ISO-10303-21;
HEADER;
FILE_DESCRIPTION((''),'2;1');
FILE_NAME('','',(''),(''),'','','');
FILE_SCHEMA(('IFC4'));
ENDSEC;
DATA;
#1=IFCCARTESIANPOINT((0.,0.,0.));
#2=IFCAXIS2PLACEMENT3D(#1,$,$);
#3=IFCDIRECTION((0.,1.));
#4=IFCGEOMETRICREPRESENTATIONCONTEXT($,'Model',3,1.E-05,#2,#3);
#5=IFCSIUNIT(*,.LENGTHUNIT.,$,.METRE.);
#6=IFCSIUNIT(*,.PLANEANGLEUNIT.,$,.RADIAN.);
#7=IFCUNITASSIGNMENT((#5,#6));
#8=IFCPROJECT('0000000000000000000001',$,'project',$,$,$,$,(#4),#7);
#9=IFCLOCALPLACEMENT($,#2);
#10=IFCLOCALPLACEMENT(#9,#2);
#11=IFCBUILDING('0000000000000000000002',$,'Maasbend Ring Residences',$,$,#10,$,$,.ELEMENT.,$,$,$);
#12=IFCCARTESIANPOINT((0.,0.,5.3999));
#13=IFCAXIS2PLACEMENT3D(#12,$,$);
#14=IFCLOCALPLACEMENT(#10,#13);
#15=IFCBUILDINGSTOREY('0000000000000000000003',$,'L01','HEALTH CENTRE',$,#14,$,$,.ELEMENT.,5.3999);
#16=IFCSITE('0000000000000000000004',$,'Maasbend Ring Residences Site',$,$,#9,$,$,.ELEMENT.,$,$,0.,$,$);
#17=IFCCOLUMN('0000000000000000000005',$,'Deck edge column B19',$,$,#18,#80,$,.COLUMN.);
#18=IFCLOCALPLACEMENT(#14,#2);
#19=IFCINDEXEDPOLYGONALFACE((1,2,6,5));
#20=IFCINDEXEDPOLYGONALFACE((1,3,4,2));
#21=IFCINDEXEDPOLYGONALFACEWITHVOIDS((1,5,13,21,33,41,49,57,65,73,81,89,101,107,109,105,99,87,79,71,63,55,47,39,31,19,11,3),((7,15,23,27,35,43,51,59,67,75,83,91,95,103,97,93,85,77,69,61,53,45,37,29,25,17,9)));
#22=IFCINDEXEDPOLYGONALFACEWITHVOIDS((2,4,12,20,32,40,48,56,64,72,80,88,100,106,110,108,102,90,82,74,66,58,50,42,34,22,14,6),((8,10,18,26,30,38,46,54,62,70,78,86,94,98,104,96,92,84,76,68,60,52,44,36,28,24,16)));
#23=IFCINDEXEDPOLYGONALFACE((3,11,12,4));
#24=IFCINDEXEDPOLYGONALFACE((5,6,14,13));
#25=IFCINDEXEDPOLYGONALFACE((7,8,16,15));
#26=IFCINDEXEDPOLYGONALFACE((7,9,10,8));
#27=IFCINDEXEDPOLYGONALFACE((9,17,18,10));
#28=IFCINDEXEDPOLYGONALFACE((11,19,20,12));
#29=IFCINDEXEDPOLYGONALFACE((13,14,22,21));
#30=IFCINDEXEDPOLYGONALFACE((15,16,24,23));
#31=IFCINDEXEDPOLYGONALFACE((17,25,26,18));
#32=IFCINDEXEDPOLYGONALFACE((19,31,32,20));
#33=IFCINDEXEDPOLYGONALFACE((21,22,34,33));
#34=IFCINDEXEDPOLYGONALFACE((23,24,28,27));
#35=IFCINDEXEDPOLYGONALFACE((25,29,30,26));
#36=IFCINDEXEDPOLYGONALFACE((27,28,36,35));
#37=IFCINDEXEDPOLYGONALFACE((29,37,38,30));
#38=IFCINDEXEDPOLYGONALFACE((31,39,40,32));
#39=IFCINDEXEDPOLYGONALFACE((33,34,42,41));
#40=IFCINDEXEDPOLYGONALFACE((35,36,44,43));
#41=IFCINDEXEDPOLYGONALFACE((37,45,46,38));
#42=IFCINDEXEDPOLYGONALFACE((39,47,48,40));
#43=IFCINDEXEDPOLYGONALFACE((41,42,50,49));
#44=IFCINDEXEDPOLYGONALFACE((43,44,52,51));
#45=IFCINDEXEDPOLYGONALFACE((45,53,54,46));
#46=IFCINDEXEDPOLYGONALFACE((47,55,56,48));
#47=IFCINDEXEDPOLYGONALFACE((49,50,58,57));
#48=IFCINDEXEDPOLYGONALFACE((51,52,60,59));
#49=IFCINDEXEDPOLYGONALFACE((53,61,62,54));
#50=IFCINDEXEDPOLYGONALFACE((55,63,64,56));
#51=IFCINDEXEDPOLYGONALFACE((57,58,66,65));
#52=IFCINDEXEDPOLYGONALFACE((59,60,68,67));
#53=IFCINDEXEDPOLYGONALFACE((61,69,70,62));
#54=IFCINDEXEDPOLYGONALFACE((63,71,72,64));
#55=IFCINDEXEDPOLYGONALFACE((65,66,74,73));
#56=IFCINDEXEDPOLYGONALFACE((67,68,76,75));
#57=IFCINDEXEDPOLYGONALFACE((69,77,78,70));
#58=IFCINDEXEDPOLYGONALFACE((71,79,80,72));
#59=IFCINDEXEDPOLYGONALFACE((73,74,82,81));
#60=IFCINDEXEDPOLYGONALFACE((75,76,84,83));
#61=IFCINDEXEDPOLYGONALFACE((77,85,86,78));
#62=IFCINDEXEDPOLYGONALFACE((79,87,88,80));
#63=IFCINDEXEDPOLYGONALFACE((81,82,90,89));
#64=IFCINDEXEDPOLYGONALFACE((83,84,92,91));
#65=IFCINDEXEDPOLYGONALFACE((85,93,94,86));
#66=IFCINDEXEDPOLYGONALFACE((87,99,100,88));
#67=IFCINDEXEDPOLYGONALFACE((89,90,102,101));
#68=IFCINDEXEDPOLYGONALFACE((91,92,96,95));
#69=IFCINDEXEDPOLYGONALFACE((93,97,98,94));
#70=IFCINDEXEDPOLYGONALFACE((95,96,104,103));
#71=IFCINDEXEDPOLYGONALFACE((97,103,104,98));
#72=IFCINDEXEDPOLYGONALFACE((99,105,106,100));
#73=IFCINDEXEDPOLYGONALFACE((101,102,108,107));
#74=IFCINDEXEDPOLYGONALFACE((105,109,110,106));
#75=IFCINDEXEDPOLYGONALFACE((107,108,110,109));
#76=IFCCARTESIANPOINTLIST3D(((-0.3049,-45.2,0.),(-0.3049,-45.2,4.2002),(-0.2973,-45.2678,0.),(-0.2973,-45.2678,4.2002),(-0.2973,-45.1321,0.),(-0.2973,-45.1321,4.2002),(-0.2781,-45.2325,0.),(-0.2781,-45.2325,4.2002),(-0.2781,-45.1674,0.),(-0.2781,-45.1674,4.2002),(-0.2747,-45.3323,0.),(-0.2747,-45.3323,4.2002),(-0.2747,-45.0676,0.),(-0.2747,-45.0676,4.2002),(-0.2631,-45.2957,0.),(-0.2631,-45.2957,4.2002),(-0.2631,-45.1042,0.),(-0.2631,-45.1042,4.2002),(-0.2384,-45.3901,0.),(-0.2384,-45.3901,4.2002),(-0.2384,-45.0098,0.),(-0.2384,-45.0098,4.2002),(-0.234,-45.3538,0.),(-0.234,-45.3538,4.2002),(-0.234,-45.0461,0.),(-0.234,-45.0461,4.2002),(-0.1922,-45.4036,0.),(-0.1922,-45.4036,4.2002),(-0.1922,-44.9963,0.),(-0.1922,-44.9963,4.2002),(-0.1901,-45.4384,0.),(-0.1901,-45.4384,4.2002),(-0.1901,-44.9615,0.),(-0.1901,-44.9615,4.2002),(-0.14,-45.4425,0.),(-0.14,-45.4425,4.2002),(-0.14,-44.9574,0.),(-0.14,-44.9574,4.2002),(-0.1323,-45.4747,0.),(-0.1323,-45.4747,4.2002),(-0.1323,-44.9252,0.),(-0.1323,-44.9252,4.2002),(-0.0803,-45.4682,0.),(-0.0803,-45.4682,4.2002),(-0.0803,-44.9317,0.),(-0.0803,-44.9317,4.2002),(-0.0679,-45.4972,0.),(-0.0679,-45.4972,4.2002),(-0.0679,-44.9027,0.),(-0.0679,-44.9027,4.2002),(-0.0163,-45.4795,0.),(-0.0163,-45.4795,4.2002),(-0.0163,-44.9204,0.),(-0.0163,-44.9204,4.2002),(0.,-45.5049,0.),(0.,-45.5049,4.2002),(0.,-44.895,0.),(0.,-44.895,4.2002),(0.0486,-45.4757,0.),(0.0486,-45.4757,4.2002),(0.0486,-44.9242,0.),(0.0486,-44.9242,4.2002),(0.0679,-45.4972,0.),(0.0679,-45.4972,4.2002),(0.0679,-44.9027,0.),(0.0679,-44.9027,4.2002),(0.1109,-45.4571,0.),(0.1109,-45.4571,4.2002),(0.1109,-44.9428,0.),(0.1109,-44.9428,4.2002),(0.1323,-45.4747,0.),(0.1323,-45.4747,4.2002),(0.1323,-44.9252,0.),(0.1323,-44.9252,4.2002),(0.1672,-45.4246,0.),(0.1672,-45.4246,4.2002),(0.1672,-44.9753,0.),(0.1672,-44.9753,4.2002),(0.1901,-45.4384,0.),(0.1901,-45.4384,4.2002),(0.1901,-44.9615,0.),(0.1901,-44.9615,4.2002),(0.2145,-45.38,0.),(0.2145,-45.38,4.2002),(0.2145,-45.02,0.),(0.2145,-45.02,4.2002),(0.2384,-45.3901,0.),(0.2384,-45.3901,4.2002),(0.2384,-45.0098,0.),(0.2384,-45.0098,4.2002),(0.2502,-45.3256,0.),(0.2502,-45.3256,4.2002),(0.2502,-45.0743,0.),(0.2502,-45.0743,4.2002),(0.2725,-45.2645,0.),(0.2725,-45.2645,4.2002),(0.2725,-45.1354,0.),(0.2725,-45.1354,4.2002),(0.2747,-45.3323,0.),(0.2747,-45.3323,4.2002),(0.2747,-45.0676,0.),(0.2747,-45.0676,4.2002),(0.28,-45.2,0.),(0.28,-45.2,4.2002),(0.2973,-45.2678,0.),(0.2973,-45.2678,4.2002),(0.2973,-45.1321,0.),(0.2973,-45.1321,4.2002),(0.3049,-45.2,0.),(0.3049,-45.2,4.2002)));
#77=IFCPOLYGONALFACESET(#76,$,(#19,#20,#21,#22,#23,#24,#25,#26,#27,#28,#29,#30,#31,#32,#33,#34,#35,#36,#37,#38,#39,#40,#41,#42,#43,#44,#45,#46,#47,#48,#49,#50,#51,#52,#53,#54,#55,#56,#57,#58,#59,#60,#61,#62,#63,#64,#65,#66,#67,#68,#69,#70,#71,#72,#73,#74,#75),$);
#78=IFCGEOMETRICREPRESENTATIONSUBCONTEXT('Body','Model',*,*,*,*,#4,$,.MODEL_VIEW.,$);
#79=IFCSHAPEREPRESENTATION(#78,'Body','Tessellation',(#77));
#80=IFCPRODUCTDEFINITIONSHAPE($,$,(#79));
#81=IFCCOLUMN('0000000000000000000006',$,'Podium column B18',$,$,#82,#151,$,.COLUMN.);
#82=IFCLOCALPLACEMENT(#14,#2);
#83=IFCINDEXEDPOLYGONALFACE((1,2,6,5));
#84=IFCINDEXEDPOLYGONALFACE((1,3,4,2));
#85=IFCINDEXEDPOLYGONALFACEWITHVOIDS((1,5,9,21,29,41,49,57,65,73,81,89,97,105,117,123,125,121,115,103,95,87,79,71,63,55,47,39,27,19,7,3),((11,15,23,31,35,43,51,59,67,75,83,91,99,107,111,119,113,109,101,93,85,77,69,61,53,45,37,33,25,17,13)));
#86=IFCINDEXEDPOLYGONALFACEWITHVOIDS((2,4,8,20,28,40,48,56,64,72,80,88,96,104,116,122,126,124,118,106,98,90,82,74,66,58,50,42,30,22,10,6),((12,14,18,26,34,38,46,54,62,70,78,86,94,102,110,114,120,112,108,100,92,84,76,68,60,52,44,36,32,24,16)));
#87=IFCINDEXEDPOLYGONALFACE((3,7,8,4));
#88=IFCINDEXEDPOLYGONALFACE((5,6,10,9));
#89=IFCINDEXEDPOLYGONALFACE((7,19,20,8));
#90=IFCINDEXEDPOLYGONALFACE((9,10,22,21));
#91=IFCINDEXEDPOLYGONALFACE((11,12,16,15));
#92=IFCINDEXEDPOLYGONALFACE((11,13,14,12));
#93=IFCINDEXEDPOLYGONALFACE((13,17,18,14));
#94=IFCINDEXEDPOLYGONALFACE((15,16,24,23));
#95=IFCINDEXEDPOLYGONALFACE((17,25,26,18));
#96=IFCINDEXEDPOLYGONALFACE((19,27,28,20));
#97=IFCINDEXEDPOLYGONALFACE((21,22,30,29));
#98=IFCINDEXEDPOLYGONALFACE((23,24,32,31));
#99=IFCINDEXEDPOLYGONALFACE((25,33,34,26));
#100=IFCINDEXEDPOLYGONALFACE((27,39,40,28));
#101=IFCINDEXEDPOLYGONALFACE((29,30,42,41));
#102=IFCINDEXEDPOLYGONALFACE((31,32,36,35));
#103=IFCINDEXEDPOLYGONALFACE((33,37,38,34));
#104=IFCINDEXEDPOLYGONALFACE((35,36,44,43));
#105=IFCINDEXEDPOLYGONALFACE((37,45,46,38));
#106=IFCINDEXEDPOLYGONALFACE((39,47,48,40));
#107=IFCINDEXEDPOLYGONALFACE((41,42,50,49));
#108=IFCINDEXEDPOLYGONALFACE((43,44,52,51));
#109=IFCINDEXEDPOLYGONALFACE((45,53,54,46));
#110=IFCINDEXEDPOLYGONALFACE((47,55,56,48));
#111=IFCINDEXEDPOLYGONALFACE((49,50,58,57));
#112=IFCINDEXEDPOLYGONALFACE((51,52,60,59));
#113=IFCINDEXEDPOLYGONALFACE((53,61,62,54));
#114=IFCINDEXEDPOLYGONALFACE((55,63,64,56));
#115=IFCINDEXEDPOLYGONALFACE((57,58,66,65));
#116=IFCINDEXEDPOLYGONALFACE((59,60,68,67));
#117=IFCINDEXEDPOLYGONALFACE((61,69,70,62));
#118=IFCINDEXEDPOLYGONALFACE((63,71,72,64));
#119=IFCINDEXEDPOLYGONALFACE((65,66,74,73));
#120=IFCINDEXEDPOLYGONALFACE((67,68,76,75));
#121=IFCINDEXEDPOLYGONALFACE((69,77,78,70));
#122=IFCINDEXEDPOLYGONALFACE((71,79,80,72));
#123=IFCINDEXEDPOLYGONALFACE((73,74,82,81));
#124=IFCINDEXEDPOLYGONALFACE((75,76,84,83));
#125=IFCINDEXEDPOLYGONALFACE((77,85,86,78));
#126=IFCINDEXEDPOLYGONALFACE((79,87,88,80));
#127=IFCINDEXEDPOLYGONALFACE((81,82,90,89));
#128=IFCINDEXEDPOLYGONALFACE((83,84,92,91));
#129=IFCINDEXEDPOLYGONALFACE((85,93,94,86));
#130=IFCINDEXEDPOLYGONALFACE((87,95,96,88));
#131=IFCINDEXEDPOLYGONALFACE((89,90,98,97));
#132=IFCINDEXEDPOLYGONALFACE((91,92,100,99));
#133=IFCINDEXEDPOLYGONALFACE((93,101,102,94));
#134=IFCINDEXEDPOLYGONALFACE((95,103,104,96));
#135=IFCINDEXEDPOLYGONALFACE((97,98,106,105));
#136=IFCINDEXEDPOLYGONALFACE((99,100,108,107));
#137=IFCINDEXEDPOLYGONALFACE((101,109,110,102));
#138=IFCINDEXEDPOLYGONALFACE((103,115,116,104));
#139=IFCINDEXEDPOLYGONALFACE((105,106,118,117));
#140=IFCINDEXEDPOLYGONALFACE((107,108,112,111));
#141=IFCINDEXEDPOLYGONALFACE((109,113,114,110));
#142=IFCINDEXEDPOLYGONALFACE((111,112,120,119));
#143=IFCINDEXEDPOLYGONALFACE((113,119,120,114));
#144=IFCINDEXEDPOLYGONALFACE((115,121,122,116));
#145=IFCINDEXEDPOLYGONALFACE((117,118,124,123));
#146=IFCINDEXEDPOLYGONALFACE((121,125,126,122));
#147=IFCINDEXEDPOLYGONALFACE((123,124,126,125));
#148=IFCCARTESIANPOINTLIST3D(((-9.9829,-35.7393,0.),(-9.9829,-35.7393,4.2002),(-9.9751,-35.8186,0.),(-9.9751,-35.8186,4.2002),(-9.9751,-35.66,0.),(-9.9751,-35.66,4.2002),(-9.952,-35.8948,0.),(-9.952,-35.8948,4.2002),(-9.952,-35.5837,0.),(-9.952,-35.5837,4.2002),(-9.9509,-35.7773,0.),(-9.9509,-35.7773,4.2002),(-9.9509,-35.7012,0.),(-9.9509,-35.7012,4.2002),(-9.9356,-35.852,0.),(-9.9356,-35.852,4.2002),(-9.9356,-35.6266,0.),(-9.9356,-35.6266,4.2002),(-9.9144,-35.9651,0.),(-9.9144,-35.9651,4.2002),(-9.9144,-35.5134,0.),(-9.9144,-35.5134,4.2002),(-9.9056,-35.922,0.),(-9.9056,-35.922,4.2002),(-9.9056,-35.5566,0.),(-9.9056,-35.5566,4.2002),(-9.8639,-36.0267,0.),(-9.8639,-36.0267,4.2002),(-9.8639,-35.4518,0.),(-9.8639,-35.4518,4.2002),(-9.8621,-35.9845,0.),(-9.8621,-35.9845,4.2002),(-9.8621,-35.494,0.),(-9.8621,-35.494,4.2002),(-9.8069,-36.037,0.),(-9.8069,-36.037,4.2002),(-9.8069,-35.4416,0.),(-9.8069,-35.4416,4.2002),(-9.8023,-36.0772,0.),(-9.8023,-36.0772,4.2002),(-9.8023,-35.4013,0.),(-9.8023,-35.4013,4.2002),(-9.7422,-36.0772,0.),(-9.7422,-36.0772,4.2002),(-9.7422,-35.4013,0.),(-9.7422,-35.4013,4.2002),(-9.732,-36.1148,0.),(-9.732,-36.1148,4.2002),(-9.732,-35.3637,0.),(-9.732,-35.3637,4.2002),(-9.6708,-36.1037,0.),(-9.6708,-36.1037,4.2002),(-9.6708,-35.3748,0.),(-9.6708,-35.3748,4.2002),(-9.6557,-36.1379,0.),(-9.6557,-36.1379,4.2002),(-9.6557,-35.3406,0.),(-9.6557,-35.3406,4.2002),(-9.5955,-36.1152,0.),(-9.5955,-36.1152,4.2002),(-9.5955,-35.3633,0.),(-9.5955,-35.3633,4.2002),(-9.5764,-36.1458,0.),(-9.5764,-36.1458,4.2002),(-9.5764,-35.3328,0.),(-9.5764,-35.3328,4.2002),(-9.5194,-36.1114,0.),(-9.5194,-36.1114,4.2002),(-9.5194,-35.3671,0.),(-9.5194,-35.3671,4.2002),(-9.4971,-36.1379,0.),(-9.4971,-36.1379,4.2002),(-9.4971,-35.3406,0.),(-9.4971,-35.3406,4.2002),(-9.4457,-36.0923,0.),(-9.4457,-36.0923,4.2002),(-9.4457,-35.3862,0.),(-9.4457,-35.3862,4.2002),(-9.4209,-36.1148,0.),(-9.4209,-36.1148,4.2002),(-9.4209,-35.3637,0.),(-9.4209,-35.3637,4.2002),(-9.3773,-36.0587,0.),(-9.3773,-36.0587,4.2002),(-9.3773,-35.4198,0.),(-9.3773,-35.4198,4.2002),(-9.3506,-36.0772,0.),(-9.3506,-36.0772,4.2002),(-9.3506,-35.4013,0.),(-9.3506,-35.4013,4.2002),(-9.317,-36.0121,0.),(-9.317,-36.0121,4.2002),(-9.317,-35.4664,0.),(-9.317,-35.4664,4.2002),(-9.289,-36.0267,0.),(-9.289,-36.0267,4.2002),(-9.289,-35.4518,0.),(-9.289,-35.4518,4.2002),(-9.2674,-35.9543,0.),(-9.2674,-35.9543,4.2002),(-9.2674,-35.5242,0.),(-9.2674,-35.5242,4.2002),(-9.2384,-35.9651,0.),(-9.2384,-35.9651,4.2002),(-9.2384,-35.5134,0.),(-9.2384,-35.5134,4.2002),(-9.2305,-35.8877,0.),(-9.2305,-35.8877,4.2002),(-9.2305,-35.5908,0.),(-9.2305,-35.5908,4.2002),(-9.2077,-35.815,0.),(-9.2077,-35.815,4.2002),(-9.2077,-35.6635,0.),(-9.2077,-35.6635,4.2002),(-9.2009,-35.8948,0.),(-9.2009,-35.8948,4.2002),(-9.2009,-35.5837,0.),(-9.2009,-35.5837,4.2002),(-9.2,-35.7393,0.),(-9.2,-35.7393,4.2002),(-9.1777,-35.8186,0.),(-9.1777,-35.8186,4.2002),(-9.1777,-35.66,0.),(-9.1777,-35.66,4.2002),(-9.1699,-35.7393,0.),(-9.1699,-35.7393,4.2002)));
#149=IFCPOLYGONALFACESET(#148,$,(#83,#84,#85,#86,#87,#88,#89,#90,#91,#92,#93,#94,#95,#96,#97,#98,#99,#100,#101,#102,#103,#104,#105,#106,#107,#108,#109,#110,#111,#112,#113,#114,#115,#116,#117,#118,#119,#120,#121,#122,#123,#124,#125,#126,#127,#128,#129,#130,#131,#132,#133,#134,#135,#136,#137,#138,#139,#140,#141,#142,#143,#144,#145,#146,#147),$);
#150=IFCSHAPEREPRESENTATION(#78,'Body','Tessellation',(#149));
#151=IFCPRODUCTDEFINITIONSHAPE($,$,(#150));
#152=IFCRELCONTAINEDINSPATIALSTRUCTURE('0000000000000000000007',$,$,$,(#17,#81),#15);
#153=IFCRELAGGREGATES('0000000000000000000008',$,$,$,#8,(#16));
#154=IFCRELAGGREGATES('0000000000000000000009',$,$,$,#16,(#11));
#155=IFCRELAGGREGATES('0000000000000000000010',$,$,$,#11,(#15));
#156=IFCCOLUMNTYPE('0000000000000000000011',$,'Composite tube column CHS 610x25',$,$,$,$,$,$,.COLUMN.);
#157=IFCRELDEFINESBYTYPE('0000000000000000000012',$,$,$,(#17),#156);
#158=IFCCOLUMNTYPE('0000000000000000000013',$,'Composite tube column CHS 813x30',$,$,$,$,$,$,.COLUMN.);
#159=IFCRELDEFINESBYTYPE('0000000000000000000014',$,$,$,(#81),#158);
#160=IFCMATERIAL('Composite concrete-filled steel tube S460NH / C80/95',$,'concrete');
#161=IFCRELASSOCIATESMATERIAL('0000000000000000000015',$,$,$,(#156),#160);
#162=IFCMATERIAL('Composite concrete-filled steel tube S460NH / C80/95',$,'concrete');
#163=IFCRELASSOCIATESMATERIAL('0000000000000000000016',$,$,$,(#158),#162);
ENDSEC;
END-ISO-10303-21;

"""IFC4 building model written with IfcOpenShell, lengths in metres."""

from ifc_helpers import new_model, si_unit, direction, frame, origin, origin_2d, place, context, subcontext, project, spatial, hollow_circle, extrude, material, material_profile, profile_set, type_object, element, save


model = new_model("IFC4")

# Units and contexts
model_context = context("Model", 3, precision=1e-05, world=origin(), true_north=direction((0.0, 1.0)))
body_context = subcontext(model_context, "Body", "Model", "MODEL_VIEW")
ifc_project = project(units=[si_unit("LENGTHUNIT", "METRE"), si_unit("PLANEANGLEUNIT", "RADIAN")], contexts=[model_context])

# Site, building, storey
site_placement = place(None, origin())
site = spatial("IfcSite", under=ifc_project, at=site_placement, Name="Maasbend Ring Residences Site", CompositionType="ELEMENT", RefElevation=0.0)
building_placement = place(site_placement, origin())
building = spatial("IfcBuilding", under=site, at=building_placement, Name="Maasbend Ring Residences", CompositionType="ELEMENT")
storey_placement = place(building_placement, frame((0.0, 0.0, 5.3999)))
storey = spatial("IfcBuildingStorey", under=building, at=storey_placement, Name="L01", Description="HEALTH CENTRE", CompositionType="ELEMENT", Elevation=5.3999)

# Columns
ifc_material_1 = material(Name="Composite concrete-filled steel tube S460NH / C80/95", Category="concrete")
ifc_material_profile_1 = material_profile(ifc_material_1, hollow_circle(Radius=0.3049, WallThickness=0.0249, at=origin_2d()), Name="Composite tube column CHS 610x25")
ifc_profile_set_1 = profile_set([ifc_material_profile_1], Name="Composite concrete-filled steel tube S460NH / C80/95")
column_type_1 = type_object("IfcColumnType", Name="Composite tube column CHS 610x25", PredefinedType="COLUMN", material=ifc_profile_set_1)
column_placement = place(storey_placement, frame((0.0, -45.2, 0.0), z_axis=(0.0, 0.0, 1.0), x_axis=(1.0, 0.0, 0.0)))
element("IfcColumn", 1, at=column_placement, inside=storey, type_object=column_type_1, Name="Deck edge column B19", PredefinedType="COLUMN", context=body_context, shape_type="SweptSolid", body=[
    extrude(hollow_circle(Radius=0.3049, WallThickness=0.0249, at=origin_2d()), origin(), (0.0, 0.0, 1.0), 4.2002),
])
ifc_material_2 = material(Name="Composite concrete-filled steel tube S460NH / C80/95", Category="concrete")
ifc_material_profile_2 = material_profile(ifc_material_2, hollow_circle(Radius=0.4065, WallThickness=0.03, at=origin_2d()), Name="Composite tube column CHS 813x30")
ifc_profile_set_2 = profile_set([ifc_material_profile_2], Name="Composite concrete-filled steel tube S460NH / C80/95")
column_type_2 = type_object("IfcColumnType", Name="Composite tube column CHS 813x30", PredefinedType="COLUMN", material=ifc_profile_set_2)
for number, where, z_axis, x_axis, name in (
    (2, (-9.5764, -35.7393, 0.0), (0.0, 0.0, 1.0), (1.0, 0.0, 0.0), "Podium column B18"),
):
    element("IfcColumn", number, at=place(storey_placement, frame(where, z_axis=z_axis, x_axis=x_axis)), inside=storey, type_object=column_type_2, Name=name, PredefinedType="COLUMN", context=body_context, shape_type="SweptSolid", body=[
        extrude(hollow_circle(Radius=0.4065, WallThickness=0.03, at=origin_2d()), origin(), (0.0, 0.0, 1.0), 4.2002),
    ])

save(model, "model.ifc")
